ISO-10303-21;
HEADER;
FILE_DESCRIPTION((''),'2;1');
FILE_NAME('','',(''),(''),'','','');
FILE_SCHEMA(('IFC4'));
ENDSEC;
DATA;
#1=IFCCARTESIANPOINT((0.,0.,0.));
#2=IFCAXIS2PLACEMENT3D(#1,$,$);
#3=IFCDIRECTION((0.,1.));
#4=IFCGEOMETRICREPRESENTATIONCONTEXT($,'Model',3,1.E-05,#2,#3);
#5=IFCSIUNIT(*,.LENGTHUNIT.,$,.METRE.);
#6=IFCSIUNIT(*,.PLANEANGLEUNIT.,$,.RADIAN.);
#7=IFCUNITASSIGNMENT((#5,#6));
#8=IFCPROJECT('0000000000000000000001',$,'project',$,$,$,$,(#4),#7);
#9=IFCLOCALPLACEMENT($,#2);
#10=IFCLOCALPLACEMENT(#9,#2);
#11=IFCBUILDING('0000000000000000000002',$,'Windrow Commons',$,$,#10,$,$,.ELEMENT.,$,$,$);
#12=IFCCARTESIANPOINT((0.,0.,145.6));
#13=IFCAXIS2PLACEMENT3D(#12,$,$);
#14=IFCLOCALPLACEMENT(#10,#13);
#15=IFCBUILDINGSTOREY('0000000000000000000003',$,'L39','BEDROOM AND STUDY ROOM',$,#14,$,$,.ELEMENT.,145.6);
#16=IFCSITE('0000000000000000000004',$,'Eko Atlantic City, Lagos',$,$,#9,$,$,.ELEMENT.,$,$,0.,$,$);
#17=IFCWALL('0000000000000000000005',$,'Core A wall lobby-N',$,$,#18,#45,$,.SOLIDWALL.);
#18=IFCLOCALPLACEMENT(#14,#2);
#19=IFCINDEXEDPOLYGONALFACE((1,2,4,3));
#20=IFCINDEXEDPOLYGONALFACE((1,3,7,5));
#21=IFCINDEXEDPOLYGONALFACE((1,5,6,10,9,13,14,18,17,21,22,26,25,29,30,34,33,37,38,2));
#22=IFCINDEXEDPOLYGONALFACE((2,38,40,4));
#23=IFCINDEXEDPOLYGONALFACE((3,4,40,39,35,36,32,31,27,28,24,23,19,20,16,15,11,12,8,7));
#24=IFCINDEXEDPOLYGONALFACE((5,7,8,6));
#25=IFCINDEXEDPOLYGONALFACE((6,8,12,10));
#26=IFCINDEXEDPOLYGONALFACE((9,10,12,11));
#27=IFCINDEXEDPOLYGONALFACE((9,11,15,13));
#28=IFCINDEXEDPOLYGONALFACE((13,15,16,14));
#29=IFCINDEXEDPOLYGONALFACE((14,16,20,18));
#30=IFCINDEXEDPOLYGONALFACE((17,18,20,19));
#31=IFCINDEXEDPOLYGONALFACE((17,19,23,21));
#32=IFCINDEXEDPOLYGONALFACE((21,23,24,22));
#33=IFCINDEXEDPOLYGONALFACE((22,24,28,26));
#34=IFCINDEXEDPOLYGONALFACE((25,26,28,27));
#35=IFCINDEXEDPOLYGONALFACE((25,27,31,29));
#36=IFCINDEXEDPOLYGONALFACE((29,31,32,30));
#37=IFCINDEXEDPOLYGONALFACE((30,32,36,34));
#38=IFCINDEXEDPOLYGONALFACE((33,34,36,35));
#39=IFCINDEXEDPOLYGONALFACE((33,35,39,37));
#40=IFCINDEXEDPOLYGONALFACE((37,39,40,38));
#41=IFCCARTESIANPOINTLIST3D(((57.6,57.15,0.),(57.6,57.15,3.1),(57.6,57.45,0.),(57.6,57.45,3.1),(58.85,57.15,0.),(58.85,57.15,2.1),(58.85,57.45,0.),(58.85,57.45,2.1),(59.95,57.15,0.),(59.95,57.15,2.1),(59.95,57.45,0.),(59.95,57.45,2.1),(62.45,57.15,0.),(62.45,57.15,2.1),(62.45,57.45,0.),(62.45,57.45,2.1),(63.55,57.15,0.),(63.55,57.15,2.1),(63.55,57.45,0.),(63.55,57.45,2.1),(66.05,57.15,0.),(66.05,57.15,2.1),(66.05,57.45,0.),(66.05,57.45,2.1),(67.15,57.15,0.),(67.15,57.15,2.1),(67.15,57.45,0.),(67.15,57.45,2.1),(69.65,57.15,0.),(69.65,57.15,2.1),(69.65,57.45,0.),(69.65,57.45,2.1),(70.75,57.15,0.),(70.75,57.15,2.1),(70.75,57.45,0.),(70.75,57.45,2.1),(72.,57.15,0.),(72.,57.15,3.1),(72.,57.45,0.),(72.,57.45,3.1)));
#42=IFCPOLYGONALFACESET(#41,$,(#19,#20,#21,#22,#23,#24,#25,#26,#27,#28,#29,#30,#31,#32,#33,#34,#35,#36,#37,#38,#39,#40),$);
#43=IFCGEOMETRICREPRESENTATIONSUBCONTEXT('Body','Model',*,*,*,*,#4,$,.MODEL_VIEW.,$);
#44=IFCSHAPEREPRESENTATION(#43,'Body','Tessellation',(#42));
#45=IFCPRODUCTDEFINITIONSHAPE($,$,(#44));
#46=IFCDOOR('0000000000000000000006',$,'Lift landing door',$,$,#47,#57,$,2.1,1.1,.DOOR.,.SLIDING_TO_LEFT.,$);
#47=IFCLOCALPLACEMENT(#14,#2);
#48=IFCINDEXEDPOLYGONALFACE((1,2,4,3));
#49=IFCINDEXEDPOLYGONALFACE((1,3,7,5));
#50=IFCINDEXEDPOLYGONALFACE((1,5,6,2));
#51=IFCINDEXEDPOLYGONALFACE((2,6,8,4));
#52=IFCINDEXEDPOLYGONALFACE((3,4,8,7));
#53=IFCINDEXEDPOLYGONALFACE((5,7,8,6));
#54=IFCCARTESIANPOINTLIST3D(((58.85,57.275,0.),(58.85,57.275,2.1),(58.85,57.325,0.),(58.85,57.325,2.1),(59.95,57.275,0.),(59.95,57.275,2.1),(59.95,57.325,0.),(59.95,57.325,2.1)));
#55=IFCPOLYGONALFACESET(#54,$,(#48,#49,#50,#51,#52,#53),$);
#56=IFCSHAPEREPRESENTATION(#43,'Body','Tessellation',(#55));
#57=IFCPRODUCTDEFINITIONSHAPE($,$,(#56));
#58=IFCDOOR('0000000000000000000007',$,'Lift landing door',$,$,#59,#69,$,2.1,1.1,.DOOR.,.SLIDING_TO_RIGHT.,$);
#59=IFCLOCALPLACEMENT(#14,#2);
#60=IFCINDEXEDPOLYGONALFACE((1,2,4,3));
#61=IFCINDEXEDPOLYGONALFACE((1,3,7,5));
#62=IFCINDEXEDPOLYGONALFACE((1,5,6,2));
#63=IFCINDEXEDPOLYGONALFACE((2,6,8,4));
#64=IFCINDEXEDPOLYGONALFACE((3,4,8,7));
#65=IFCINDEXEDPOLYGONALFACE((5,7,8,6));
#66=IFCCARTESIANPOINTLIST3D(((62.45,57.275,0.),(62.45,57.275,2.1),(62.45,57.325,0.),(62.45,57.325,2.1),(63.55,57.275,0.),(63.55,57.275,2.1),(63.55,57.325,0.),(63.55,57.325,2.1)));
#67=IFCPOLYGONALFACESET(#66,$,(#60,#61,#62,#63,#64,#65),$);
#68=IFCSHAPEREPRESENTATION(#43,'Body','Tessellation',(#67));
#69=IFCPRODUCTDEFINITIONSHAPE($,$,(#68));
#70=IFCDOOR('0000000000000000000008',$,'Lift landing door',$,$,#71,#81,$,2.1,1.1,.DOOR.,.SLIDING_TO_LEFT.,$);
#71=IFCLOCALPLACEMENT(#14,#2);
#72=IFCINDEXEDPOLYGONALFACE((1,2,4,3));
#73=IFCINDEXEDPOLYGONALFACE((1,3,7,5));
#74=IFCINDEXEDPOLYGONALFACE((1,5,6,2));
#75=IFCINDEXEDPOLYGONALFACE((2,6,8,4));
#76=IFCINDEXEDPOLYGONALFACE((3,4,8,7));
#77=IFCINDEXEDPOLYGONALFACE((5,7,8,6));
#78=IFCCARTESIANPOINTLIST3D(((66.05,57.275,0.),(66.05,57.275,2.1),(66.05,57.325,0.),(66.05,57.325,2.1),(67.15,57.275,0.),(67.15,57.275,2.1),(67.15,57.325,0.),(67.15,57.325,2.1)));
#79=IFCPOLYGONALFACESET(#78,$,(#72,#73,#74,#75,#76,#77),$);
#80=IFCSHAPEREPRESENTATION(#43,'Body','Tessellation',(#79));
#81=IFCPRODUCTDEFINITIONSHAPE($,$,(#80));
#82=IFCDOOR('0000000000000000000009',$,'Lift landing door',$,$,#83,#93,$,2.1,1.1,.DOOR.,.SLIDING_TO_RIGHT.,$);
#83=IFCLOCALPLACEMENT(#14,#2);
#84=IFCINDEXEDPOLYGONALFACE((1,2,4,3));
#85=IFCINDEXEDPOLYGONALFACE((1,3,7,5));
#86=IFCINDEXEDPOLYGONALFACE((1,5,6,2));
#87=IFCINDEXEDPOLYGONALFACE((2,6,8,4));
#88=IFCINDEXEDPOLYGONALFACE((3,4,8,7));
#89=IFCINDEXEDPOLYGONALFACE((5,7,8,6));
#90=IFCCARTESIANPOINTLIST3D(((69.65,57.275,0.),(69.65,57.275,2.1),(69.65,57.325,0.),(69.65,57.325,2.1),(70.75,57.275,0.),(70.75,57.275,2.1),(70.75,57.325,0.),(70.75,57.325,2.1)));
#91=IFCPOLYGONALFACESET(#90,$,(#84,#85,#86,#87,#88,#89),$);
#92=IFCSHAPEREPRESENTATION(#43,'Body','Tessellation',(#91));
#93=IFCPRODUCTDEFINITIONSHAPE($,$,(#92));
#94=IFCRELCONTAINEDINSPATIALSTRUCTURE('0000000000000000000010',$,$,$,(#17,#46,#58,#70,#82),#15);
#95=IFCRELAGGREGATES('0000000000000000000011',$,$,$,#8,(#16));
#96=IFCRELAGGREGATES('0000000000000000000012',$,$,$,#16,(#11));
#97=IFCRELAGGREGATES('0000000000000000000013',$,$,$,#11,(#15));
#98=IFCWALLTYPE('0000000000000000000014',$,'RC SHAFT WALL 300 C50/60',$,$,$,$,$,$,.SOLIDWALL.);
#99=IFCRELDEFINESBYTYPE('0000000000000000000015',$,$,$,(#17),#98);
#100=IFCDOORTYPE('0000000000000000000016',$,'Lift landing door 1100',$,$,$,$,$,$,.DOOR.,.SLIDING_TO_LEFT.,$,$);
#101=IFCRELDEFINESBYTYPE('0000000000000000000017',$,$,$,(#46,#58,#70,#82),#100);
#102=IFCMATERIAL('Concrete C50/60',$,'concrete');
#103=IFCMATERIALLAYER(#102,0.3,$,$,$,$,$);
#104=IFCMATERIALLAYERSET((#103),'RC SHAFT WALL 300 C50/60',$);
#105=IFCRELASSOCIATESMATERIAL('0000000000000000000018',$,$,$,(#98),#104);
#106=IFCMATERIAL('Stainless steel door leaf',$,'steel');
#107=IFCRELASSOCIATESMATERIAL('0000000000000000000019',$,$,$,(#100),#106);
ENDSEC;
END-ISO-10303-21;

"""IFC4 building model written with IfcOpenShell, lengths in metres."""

from ifc_helpers import new_model, si_unit, direction, frame, frame_2d, origin, place, context, subcontext, project, spatial, rectangle, extrude, material, layer, layer_set, type_object, element, fill, save


model = new_model("IFC4")

# Units and contexts
model_context = context("Model", 3, precision=1e-05, world=origin(), true_north=direction((0.0, 1.0)))
body_context = subcontext(model_context, "Body", "Model", "MODEL_VIEW")
ifc_project = project(units=[si_unit("LENGTHUNIT", "METRE"), si_unit("PLANEANGLEUNIT", "RADIAN")], contexts=[model_context])

# Site, building, storey
site_placement = place(None, origin())
site = spatial("IfcSite", under=ifc_project, at=site_placement, Name="Eko Atlantic City, Lagos", CompositionType="ELEMENT", RefElevation=0.0)
building_placement = place(site_placement, origin())
building = spatial("IfcBuilding", under=site, at=building_placement, Name="Windrow Commons", CompositionType="ELEMENT")
storey_placement = place(building_placement, frame((0.0, 0.0, 145.6)))
storey = spatial("IfcBuildingStorey", under=building, at=storey_placement, Name="L39", Description="BEDROOM AND STUDY ROOM", CompositionType="ELEMENT", Elevation=145.6)

# Wall, openings, doors
ifc_material_1 = material(Name="Concrete C50/60", Category="concrete")
ifc_layer_1 = layer(ifc_material_1, 0.3)
ifc_layer_set_1 = layer_set([ifc_layer_1], Name="RC SHAFT WALL 300 C50/60")
wall_type_1 = type_object("IfcWallType", Name="RC SHAFT WALL 300 C50/60", PredefinedType="SOLIDWALL", material=ifc_layer_set_1)
ifc_material_2 = material(Name="Stainless steel door leaf", Category="steel")
door_type_1 = type_object("IfcDoorType", Name="Lift landing door 1100", OperationType="SLIDING_TO_LEFT", PredefinedType="DOOR", material=ifc_material_2)
wall_1_placement = place(storey_placement, frame((57.6, 57.3, 0.0), z_axis=(0.0, 0.0, 1.0), x_axis=(1.0, 0.0, 0.0)))
wall_1 = element("IfcWall", 1, at=wall_1_placement, inside=storey, type_object=wall_type_1, Name="Core A wall lobby-N", PredefinedType="SOLIDWALL", context=body_context, shape_type="SweptSolid", body=[
    extrude(rectangle(XDim=14.4, YDim=0.3, at=frame_2d((7.2, 0.0))), origin(), (0.0, 0.0, 1.0), 3.1),
])
opening_1_placement = place(wall_1_placement, frame((1.25, 0.0, 0.0)))
opening_1 = element("IfcOpeningElement", 2, at=opening_1_placement, cuts=wall_1, PredefinedType="OPENING", context=body_context, shape_type="SweptSolid", body=[
    extrude(rectangle(XDim=1.1, YDim=2.1, at=frame_2d((0.55, 1.05))), frame((0.0, 0.16, 0.0), z_axis=(0.0, -1.0, 0.0), x_axis=(1.0, 0.0, 0.0)), (0.0, 0.0, 1.0), 0.32),
])
opening_2_placement = place(wall_1_placement, frame((4.85, 0.0, 0.0)))
opening_2 = element("IfcOpeningElement", 3, at=opening_2_placement, cuts=wall_1, PredefinedType="OPENING", context=body_context, shape_type="SweptSolid", body=[
    extrude(rectangle(XDim=1.1, YDim=2.1, at=frame_2d((0.55, 1.05))), frame((0.0, 0.16, 0.0), z_axis=(0.0, -1.0, 0.0), x_axis=(1.0, 0.0, 0.0)), (0.0, 0.0, 1.0), 0.32),
])
opening_3_placement = place(wall_1_placement, frame((8.45, 0.0, 0.0)))
opening_3 = element("IfcOpeningElement", 4, at=opening_3_placement, cuts=wall_1, PredefinedType="OPENING", context=body_context, shape_type="SweptSolid", body=[
    extrude(rectangle(XDim=1.1, YDim=2.1, at=frame_2d((0.55, 1.05))), frame((0.0, 0.16, 0.0), z_axis=(0.0, -1.0, 0.0), x_axis=(1.0, 0.0, 0.0)), (0.0, 0.0, 1.0), 0.32),
])
opening_4_placement = place(wall_1_placement, frame((12.05, 0.0, 0.0)))
opening_4 = element("IfcOpeningElement", 5, at=opening_4_placement, cuts=wall_1, PredefinedType="OPENING", context=body_context, shape_type="SweptSolid", body=[
    extrude(rectangle(XDim=1.1, YDim=2.1, at=frame_2d((0.55, 1.05))), frame((0.0, 0.16, 0.0), z_axis=(0.0, -1.0, 0.0), x_axis=(1.0, 0.0, 0.0)), (0.0, 0.0, 1.0), 0.32),
])
door_1_placement = place(opening_1_placement, origin())
door_1 = element("IfcDoor", 6, at=door_1_placement, inside=storey, type_object=door_type_1, Name="Lift landing door", OperationType="SLIDING_TO_LEFT", OverallHeight=2.1, OverallWidth=1.1, PredefinedType="DOOR", context=body_context, shape_type="SweptSolid", body=[
    extrude(rectangle(XDim=1.1, YDim=2.1, at=frame_2d((0.55, 1.05))), frame((0.0, 0.025, 0.0), z_axis=(0.0, -1.0, 0.0), x_axis=(1.0, 0.0, 0.0)), (0.0, 0.0, 1.0), 0.05),
])
fill(opening_1, door_1)
door_2_placement = place(opening_2_placement, origin())
door_2 = element("IfcDoor", 7, at=door_2_placement, inside=storey, type_object=door_type_1, Name="Lift landing door", OperationType="SLIDING_TO_RIGHT", OverallHeight=2.1, OverallWidth=1.1, PredefinedType="DOOR", context=body_context, shape_type="SweptSolid", body=[
    extrude(rectangle(XDim=1.1, YDim=2.1, at=frame_2d((0.55, 1.05))), frame((0.0, 0.025, 0.0), z_axis=(0.0, -1.0, 0.0), x_axis=(1.0, 0.0, 0.0)), (0.0, 0.0, 1.0), 0.05),
])
fill(opening_2, door_2)
door_3_placement = place(opening_3_placement, origin())
door_3 = element("IfcDoor", 8, at=door_3_placement, inside=storey, type_object=door_type_1, Name="Lift landing door", OperationType="SLIDING_TO_LEFT", OverallHeight=2.1, OverallWidth=1.1, PredefinedType="DOOR", context=body_context, shape_type="SweptSolid", body=[
    extrude(rectangle(XDim=1.1, YDim=2.1, at=frame_2d((0.55, 1.05))), frame((0.0, 0.025, 0.0), z_axis=(0.0, -1.0, 0.0), x_axis=(1.0, 0.0, 0.0)), (0.0, 0.0, 1.0), 0.05),
])
fill(opening_3, door_3)
door_4_placement = place(opening_4_placement, origin())
door_4 = element("IfcDoor", 9, at=door_4_placement, inside=storey, type_object=door_type_1, Name="Lift landing door", OperationType="SLIDING_TO_RIGHT", OverallHeight=2.1, OverallWidth=1.1, PredefinedType="DOOR", context=body_context, shape_type="SweptSolid", body=[
    extrude(rectangle(XDim=1.1, YDim=2.1, at=frame_2d((0.55, 1.05))), frame((0.0, 0.025, 0.0), z_axis=(0.0, -1.0, 0.0), x_axis=(1.0, 0.0, 0.0)), (0.0, 0.0, 1.0), 0.05),
])
fill(opening_4, door_4)

save(model, "model.ifc")
